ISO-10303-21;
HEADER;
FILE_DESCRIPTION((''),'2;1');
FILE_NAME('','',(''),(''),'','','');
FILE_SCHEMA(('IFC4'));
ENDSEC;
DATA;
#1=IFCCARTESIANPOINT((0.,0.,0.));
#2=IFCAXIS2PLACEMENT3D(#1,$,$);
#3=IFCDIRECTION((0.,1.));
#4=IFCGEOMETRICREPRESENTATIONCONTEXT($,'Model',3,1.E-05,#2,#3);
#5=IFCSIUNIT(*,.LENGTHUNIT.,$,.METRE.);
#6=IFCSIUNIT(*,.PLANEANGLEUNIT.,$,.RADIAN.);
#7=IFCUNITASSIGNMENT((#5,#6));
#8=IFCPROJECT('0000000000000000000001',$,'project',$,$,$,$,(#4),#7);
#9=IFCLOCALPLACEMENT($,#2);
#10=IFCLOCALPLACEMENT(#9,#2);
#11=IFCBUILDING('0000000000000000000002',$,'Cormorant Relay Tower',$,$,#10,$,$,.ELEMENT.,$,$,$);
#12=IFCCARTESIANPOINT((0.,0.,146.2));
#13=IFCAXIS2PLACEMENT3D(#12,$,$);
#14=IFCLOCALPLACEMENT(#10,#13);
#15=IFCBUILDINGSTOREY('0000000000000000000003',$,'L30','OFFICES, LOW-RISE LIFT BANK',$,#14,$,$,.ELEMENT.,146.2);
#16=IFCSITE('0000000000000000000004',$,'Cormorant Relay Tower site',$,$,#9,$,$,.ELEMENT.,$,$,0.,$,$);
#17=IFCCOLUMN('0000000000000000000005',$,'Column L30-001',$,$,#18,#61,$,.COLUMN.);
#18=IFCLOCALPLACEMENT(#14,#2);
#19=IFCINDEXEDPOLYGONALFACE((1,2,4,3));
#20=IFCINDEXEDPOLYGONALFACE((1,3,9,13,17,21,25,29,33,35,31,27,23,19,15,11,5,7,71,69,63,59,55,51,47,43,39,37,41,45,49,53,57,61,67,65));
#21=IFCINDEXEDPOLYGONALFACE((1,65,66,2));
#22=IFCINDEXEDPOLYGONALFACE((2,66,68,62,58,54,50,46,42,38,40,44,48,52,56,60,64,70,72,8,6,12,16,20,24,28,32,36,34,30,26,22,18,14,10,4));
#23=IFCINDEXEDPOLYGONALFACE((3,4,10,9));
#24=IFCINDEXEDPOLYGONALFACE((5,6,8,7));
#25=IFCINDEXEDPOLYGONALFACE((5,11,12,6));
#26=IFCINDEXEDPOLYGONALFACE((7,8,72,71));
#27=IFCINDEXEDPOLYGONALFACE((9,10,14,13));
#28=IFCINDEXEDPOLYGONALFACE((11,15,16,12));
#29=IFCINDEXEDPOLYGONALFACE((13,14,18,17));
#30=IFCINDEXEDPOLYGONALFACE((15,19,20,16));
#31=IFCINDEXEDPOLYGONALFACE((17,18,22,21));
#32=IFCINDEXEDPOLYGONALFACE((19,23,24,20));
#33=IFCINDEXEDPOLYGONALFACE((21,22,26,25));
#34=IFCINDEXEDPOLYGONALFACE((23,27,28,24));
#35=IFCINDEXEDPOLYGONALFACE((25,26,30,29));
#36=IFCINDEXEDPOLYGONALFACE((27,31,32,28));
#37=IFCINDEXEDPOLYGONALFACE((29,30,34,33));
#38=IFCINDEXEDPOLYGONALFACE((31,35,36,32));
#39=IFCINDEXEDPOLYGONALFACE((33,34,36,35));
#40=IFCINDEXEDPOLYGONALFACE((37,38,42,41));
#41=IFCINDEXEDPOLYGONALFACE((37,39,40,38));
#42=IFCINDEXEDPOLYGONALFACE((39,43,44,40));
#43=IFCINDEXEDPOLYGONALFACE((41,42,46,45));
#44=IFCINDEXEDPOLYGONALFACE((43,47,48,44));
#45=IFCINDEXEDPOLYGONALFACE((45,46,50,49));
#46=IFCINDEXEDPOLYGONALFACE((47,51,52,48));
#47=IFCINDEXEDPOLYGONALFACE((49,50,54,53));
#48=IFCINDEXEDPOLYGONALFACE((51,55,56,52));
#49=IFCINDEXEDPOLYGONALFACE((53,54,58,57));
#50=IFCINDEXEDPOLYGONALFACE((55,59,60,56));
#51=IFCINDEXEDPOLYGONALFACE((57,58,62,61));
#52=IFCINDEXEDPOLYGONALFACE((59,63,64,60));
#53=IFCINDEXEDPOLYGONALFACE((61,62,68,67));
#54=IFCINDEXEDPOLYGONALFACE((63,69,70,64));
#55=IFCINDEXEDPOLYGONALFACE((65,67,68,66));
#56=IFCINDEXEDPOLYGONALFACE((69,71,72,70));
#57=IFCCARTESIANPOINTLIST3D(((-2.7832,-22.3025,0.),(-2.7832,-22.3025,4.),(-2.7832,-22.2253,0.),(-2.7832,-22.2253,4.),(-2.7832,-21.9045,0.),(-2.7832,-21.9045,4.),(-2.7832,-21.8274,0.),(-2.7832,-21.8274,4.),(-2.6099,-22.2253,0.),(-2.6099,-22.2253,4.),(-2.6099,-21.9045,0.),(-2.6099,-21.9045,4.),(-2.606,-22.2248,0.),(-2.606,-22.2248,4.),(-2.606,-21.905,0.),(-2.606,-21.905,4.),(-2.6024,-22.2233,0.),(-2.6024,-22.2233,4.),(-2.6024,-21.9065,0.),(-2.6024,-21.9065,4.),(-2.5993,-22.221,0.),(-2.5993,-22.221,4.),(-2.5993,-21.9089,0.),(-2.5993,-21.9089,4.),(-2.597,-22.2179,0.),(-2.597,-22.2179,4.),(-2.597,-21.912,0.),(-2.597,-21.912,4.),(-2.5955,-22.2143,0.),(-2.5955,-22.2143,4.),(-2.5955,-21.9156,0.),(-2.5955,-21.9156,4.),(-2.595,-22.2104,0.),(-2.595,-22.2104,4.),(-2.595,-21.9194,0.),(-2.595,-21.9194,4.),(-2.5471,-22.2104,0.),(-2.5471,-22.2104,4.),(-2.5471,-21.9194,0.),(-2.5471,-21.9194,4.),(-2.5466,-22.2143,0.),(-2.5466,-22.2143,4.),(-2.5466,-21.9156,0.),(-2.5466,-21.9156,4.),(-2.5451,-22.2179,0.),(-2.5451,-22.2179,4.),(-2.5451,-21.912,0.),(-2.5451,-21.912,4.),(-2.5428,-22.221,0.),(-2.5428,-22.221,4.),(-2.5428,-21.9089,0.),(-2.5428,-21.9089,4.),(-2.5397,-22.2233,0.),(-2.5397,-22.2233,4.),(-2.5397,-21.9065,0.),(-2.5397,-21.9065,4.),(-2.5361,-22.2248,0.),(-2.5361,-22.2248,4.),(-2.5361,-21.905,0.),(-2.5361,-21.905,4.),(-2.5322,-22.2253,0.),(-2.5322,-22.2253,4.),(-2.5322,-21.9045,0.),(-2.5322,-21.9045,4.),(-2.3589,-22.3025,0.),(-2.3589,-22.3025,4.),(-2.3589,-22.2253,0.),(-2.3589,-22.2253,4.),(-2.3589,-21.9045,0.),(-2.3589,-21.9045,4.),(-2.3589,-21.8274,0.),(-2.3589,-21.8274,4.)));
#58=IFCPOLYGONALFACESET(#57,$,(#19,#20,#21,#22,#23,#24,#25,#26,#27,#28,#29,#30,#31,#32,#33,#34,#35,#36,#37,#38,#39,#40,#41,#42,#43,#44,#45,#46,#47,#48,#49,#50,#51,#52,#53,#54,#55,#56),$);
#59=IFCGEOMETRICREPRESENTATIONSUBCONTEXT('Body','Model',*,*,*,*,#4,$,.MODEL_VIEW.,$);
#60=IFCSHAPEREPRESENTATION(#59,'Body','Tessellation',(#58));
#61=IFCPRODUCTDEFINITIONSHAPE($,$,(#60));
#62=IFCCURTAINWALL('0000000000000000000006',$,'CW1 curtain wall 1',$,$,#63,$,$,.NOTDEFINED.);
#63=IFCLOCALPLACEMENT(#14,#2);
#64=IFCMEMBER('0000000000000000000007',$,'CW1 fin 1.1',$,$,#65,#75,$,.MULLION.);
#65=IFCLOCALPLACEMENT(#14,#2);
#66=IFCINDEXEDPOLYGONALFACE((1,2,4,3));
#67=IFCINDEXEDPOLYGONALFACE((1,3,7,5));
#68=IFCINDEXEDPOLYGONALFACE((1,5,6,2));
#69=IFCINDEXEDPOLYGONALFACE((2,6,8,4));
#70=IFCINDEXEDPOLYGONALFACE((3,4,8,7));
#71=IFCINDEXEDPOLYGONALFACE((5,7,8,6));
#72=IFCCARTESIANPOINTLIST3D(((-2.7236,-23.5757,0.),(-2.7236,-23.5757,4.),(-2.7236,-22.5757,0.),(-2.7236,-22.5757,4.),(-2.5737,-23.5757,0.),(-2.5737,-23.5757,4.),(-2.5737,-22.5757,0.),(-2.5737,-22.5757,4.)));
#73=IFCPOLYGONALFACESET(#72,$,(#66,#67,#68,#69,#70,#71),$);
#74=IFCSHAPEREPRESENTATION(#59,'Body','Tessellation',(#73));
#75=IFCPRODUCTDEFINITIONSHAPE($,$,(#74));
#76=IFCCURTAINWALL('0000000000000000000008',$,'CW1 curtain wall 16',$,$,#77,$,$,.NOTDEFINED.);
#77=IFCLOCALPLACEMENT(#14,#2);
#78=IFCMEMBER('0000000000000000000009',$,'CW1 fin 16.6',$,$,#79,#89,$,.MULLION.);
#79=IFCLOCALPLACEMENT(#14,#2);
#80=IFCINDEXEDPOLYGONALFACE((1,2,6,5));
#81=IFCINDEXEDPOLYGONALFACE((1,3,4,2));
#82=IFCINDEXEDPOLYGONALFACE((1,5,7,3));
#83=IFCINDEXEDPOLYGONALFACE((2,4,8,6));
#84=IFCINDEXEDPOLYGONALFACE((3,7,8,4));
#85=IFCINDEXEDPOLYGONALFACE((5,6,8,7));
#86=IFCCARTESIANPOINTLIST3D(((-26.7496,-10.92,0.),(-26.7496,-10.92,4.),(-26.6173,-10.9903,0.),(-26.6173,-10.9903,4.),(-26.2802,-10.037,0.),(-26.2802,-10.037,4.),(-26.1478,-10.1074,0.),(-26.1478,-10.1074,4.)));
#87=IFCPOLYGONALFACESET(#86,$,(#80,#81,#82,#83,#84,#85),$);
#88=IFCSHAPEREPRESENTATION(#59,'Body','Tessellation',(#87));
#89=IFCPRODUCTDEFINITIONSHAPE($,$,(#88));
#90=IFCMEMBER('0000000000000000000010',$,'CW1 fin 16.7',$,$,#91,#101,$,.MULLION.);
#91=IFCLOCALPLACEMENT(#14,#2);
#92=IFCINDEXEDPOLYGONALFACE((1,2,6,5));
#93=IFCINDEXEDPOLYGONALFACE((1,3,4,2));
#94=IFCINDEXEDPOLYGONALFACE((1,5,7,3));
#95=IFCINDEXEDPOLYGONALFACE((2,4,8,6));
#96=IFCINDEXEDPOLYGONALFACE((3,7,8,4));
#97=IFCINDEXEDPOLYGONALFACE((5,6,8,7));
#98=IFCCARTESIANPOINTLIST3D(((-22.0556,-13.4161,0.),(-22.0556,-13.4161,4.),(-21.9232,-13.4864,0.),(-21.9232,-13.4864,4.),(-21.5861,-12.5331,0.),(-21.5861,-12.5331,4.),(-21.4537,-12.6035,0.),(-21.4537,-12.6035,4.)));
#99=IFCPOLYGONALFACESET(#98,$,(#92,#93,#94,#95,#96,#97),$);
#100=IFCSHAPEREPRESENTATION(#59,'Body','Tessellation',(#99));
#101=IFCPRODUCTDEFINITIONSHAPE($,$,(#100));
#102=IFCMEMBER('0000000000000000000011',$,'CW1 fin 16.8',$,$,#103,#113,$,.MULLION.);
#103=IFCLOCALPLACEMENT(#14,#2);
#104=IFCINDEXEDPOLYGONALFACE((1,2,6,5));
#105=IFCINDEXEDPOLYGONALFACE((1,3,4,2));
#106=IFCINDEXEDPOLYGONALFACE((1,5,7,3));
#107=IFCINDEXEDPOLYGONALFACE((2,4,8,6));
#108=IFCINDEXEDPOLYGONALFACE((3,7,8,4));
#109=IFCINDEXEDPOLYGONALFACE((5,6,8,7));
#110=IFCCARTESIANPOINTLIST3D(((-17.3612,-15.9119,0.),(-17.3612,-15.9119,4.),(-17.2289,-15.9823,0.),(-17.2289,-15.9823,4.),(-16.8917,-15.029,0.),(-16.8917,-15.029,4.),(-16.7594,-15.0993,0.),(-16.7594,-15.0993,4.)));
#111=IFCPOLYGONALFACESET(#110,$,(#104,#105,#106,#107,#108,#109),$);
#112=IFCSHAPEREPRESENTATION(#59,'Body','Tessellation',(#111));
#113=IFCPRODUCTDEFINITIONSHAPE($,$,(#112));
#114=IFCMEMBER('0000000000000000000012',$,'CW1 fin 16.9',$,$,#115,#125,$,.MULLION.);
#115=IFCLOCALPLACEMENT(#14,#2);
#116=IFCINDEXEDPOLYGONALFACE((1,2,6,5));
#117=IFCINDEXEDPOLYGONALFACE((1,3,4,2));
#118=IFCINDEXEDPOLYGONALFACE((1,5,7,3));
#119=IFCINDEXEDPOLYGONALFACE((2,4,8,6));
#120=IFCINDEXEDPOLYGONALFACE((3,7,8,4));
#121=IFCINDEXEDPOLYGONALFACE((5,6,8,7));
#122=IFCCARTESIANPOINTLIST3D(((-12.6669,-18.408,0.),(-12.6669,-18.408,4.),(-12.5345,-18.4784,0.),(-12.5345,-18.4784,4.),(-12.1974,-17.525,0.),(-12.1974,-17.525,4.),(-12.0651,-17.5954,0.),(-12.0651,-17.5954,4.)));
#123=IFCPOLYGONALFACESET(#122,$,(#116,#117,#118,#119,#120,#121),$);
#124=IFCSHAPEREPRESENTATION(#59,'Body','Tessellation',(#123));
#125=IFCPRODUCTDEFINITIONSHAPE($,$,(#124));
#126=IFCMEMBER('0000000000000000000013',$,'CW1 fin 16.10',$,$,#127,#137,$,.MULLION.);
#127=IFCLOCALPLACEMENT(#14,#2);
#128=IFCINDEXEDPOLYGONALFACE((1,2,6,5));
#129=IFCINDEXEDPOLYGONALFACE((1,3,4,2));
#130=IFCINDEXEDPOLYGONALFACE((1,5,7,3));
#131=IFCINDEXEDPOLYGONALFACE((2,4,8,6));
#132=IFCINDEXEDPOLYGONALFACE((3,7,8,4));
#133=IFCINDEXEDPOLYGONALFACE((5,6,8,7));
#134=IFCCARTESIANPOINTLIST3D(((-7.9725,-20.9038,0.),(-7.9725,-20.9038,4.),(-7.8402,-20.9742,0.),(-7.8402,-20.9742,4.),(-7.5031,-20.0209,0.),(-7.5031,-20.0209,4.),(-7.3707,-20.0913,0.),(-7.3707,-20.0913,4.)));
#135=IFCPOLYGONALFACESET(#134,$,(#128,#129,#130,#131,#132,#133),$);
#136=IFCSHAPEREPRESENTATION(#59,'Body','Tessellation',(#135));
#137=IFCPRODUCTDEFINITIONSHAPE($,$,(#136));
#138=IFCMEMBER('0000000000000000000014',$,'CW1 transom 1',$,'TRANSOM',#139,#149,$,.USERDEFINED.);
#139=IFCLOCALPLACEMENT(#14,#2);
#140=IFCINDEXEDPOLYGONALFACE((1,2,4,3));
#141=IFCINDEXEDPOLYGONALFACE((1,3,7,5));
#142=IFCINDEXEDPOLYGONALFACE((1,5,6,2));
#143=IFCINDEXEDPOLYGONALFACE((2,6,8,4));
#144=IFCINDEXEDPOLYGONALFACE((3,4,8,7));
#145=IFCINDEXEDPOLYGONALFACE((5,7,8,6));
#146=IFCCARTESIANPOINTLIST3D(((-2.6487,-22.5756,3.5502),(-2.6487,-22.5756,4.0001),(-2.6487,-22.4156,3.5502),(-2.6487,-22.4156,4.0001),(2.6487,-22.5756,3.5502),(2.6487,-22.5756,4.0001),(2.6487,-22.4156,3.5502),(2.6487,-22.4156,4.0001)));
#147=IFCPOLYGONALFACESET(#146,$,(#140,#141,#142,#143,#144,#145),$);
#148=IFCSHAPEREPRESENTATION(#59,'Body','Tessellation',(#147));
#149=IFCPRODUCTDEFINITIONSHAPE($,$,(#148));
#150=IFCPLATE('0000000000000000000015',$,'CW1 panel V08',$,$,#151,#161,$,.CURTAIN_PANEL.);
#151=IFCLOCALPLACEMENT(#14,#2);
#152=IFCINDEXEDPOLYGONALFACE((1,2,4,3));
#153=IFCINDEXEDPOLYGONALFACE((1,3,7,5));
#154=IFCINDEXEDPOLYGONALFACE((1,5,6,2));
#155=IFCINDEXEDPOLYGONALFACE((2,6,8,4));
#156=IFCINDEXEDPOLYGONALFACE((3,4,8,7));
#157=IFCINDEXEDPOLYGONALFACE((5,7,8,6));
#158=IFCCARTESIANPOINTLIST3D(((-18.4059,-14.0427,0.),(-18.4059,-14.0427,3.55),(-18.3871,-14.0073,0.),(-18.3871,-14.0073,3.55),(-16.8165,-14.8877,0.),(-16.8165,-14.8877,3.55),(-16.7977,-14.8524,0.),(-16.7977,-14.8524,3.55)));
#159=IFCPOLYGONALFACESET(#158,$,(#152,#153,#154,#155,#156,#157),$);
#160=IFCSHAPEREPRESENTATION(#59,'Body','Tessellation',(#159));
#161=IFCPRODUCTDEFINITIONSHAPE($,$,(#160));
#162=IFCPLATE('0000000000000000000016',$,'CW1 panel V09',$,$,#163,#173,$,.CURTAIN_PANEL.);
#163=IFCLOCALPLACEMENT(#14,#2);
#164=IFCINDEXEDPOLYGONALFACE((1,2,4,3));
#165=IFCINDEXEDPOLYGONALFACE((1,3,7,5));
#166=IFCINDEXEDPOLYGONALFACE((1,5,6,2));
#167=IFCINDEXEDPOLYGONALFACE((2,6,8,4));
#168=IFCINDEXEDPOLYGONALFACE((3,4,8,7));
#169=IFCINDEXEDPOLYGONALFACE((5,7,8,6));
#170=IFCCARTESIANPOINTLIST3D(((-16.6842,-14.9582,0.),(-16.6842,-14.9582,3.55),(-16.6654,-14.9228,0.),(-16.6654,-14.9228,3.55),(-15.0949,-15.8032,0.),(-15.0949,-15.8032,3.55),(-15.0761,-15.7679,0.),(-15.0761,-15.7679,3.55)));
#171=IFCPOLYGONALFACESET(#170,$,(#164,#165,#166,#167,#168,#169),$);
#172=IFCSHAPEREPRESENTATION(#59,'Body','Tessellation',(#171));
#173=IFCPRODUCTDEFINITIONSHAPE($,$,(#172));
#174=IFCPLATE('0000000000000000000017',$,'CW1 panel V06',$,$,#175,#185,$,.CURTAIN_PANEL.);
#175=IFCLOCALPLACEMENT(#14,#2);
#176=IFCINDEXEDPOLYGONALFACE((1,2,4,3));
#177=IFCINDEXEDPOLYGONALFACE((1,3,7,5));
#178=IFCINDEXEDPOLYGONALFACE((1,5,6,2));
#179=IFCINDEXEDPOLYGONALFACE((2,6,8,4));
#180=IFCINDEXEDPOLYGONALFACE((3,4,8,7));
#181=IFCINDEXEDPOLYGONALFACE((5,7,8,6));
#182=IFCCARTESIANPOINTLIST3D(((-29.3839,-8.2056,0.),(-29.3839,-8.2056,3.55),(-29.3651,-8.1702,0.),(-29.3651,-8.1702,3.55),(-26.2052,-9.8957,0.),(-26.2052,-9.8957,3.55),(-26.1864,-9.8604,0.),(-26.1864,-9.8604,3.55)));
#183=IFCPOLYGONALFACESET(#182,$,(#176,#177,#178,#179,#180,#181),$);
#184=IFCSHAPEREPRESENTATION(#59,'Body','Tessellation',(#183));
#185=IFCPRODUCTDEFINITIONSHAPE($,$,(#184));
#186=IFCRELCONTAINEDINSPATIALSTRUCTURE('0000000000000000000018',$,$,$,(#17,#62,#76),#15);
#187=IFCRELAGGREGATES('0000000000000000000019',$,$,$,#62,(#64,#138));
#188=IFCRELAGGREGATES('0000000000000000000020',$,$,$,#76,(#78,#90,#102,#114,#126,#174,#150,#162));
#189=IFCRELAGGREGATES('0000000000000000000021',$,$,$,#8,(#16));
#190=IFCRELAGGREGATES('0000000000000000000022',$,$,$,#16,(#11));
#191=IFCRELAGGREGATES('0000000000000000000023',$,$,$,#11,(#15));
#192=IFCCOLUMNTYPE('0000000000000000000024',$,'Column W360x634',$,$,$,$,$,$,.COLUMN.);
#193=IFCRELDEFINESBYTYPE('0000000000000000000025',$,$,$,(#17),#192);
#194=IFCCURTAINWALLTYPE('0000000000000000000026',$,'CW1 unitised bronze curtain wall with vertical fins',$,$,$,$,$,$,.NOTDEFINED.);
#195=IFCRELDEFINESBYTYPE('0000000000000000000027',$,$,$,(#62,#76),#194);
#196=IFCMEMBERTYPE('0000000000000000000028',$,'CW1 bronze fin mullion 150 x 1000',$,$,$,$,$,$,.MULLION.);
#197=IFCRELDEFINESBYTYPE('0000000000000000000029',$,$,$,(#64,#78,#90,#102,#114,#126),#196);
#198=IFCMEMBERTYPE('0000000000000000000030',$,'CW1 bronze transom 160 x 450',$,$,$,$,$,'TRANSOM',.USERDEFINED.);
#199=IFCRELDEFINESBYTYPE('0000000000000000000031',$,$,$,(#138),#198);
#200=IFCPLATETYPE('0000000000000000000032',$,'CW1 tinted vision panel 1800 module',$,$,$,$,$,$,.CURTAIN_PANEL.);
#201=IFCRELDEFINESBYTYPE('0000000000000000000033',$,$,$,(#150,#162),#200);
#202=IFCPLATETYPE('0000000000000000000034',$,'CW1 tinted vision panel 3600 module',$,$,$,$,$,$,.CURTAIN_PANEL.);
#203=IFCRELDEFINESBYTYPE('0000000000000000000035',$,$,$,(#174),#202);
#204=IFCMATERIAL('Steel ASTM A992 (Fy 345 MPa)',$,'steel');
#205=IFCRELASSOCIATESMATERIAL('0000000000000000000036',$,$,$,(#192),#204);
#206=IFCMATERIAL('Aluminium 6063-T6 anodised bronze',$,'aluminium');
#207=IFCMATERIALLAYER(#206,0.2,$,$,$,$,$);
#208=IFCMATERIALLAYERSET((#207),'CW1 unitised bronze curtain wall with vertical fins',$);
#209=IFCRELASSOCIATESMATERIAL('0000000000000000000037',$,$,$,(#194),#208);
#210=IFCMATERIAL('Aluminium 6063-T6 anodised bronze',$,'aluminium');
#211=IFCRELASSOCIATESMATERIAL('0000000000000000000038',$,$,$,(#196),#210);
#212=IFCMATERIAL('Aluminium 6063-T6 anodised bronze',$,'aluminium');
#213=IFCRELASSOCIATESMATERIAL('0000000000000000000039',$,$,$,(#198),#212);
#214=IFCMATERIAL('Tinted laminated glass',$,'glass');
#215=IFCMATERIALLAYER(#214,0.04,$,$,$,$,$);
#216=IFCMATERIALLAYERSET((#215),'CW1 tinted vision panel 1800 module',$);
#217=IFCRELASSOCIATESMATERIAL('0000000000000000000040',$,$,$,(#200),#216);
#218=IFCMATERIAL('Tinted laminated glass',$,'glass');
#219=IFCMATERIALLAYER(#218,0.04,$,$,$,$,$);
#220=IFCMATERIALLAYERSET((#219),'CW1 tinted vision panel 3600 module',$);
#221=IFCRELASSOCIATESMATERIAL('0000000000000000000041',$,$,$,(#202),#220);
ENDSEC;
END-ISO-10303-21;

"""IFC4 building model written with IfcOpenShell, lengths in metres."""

from ifc_helpers import new_model, si_unit, direction, frame, origin, origin_2d, place, context, subcontext, project, spatial, rectangle, i_section, extrude, material, layer, layer_set, material_profile, profile_set, type_object, element, aggregate, save


model = new_model("IFC4")

# Units and contexts
model_context = context("Model", 3, precision=1e-05, world=origin(), true_north=direction((0.0, 1.0)))
body_context = subcontext(model_context, "Body", "Model", "MODEL_VIEW")
ifc_project = project(units=[si_unit("LENGTHUNIT", "METRE"), si_unit("PLANEANGLEUNIT", "RADIAN")], contexts=[model_context])

# Site, building, storey
site_placement = place(None, origin())
site = spatial("IfcSite", under=ifc_project, at=site_placement, Name="Cormorant Relay Tower site", CompositionType="ELEMENT", RefElevation=0.0)
building_placement = place(site_placement, origin())
building = spatial("IfcBuilding", under=site, at=building_placement, Name="Cormorant Relay Tower", CompositionType="ELEMENT")
storey_placement = place(building_placement, frame((0.0, 0.0, 146.2)))
storey = spatial("IfcBuildingStorey", under=building, at=storey_placement, Name="L30", Description="OFFICES, LOW-RISE LIFT BANK", CompositionType="ELEMENT", Elevation=146.2)

# Column
ifc_material_1 = material(Name="Steel ASTM A992 (Fy 345 MPa)", Category="steel")
ifc_material_profile_1 = material_profile(ifc_material_1, i_section(OverallWidth=0.4243, OverallDepth=0.4751, WebThickness=0.0479, FlangeThickness=0.0771, FilletRadius=0.0149, at=origin_2d()), Name="W360x634")
ifc_profile_set_1 = profile_set([ifc_material_profile_1], Name="Steel ASTM A992 (Fy 345 MPa)")
column_type_1 = type_object("IfcColumnType", Name="Column W360x634", PredefinedType="COLUMN", material=ifc_profile_set_1)
column_1_placement = place(storey_placement, frame((-2.571, -22.0649, 0.0), z_axis=(0.0, 0.0, 1.0), x_axis=(1.0, 0.0, 0.0)))
element("IfcColumn", 1, at=column_1_placement, inside=storey, type_object=column_type_1, Name="Column L30-001", PredefinedType="COLUMN", context=body_context, shape_type="SweptSolid", body=[
    extrude(i_section(OverallWidth=0.4243, OverallDepth=0.4751, WebThickness=0.0479, FlangeThickness=0.0771, FilletRadius=0.0149, at=origin_2d()), origin(), (0.0, 0.0, 1.0), 4.0),
])

# Curtain wall, member
ifc_material_2 = material(Name="Aluminium 6063-T6 anodised bronze", Category="aluminium")
ifc_layer_1 = layer(ifc_material_2, 0.2)
ifc_layer_set_1 = layer_set([ifc_layer_1], Name="CW1 unitised bronze curtain wall with vertical fins")
curtain_wall_type = type_object("IfcCurtainWallType", Name="CW1 unitised bronze curtain wall with vertical fins", PredefinedType="NOTDEFINED", material=ifc_layer_set_1)
curtain_wall_1_placement = place(storey_placement, origin())
curtain_wall_1 = element("IfcCurtainWall", 2, at=curtain_wall_1_placement, inside=storey, type_object=curtain_wall_type, Name="CW1 curtain wall 1", PredefinedType="NOTDEFINED")
ifc_material_3 = material(Name="Aluminium 6063-T6 anodised bronze", Category="aluminium")
ifc_material_profile_2 = material_profile(ifc_material_3, rectangle(XDim=0.1499, YDim=1.0, at=origin_2d()), Name="AL 150x1000")
ifc_profile_set_2 = profile_set([ifc_material_profile_2], Name="Aluminium 6063-T6 anodised bronze")
member_type_1 = type_object("IfcMemberType", Name="CW1 bronze fin mullion 150 x 1000", PredefinedType="MULLION", material=ifc_profile_set_2)
member_1_placement = place(storey_placement, frame((-2.6487, -23.0757, 0.0), z_axis=(0.0, 0.0, 1.0), x_axis=(1.0, 0.0, 0.0)))
member_1 = element("IfcMember", 3, at=member_1_placement, type_object=member_type_1, Name="CW1 fin 1.1", PredefinedType="MULLION", context=body_context, shape_type="SweptSolid", body=[
    extrude(rectangle(XDim=0.1499, YDim=1.0, at=origin_2d()), origin(), (0.0, 0.0, 1.0), 4.0),
])

# Curtain wall, members
curtain_wall_2_placement = place(storey_placement, origin())
curtain_wall_2 = element("IfcCurtainWall", 4, at=curtain_wall_2_placement, inside=storey, type_object=curtain_wall_type, Name="CW1 curtain wall 16", PredefinedType="NOTDEFINED")
member_2_placement = place(storey_placement, frame((-26.4487, -10.5137, 0.0), z_axis=(0.0, 0.0, 1.0), x_axis=(0.882948, -0.469472, 0.0)))
member_2 = element("IfcMember", 5, at=member_2_placement, type_object=member_type_1, Name="CW1 fin 16.6", PredefinedType="MULLION", context=body_context, shape_type="SweptSolid", body=[
    extrude(rectangle(XDim=0.1499, YDim=1.0, at=origin_2d()), origin(), (0.0, 0.0, 1.0), 4.0),
])
member_3_placement = place(storey_placement, frame((-21.7546, -13.0098, 0.0), z_axis=(0.0, 0.0, 1.0), x_axis=(0.882948, -0.469472, 0.0)))
member_3 = element("IfcMember", 6, at=member_3_placement, type_object=member_type_1, Name="CW1 fin 16.7", PredefinedType="MULLION", context=body_context, shape_type="SweptSolid", body=[
    extrude(rectangle(XDim=0.1499, YDim=1.0, at=origin_2d()), origin(), (0.0, 0.0, 1.0), 4.0),
])
member_4_placement = place(storey_placement, frame((-17.0603, -15.5056, 0.0), z_axis=(0.0, 0.0, 1.0), x_axis=(0.882948, -0.469472, 0.0)))
member_4 = element("IfcMember", 7, at=member_4_placement, type_object=member_type_1, Name="CW1 fin 16.8", PredefinedType="MULLION", context=body_context, shape_type="SweptSolid", body=[
    extrude(rectangle(XDim=0.1499, YDim=1.0, at=origin_2d()), origin(), (0.0, 0.0, 1.0), 4.0),
])
member_5_placement = place(storey_placement, frame((-12.366, -18.0017, 0.0), z_axis=(0.0, 0.0, 1.0), x_axis=(0.882948, -0.469472, 0.0)))
member_5 = element("IfcMember", 8, at=member_5_placement, type_object=member_type_1, Name="CW1 fin 16.9", PredefinedType="MULLION", context=body_context, shape_type="SweptSolid", body=[
    extrude(rectangle(XDim=0.1499, YDim=1.0, at=origin_2d()), origin(), (0.0, 0.0, 1.0), 4.0),
])
member_6_placement = place(storey_placement, frame((-7.6716, -20.4976, 0.0), z_axis=(0.0, 0.0, 1.0), x_axis=(0.882948, -0.469472, 0.0)))
member_6 = element("IfcMember", 9, at=member_6_placement, type_object=member_type_1, Name="CW1 fin 16.10", PredefinedType="MULLION", context=body_context, shape_type="SweptSolid", body=[
    extrude(rectangle(XDim=0.1499, YDim=1.0, at=origin_2d()), origin(), (0.0, 0.0, 1.0), 4.0),
])

# Member
ifc_material_4 = material(Name="Aluminium 6063-T6 anodised bronze", Category="aluminium")
ifc_material_profile_3 = material_profile(ifc_material_4, rectangle(XDim=0.1599, YDim=0.45, at=origin_2d()), Name="AL 160x450")
ifc_profile_set_3 = profile_set([ifc_material_profile_3], Name="Aluminium 6063-T6 anodised bronze")
member_type_2 = type_object("IfcMemberType", Name="CW1 bronze transom 160 x 450", ElementType="TRANSOM", PredefinedType="USERDEFINED", material=ifc_profile_set_3)
member_7_placement = place(storey_placement, frame((-2.6487, -22.4956, 3.7751), z_axis=(1.0, 0.0, 0.0), x_axis=(0.0, 1.0, 0.0)))
member_7 = element("IfcMember", 10, at=member_7_placement, type_object=member_type_2, Name="CW1 transom 1", ObjectType="TRANSOM", PredefinedType="USERDEFINED", context=body_context, shape_type="SweptSolid", body=[
    extrude(rectangle(XDim=0.1599, YDim=0.45, at=origin_2d()), origin(), (0.0, 0.0, 1.0), 5.2974),
])
aggregate(curtain_wall_1, [member_1, member_7])

# Plates
ifc_material_5 = material(Name="Tinted laminated glass", Category="glass")
ifc_layer_2 = layer(ifc_material_5, 0.04)
ifc_layer_set_2 = layer_set([ifc_layer_2], Name="CW1 tinted vision panel 1800 module")
plate_type_1 = type_object("IfcPlateType", Name="CW1 tinted vision panel 1800 module", PredefinedType="CURTAIN_PANEL", material=ifc_layer_set_2)
plate_1_placement = place(storey_placement, frame((-17.6018, -14.4475, 0.0), z_axis=(0.0, 0.0, 1.0), x_axis=(0.882948, -0.469472, 0.0)))
plate_1 = element("IfcPlate", 11, at=plate_1_placement, type_object=plate_type_1, Name="CW1 panel V08", PredefinedType="CURTAIN_PANEL", context=body_context, shape_type="SweptSolid", body=[
    extrude(rectangle(XDim=1.8, YDim=0.04, at=origin_2d()), origin(), (0.0, 0.0, 1.0), 3.55),
])
plate_2_placement = place(storey_placement, frame((-15.8801, -15.363, 0.0), z_axis=(0.0, 0.0, 1.0), x_axis=(0.882948, -0.469472, 0.0)))
plate_2 = element("IfcPlate", 12, at=plate_2_placement, type_object=plate_type_1, Name="CW1 panel V09", PredefinedType="CURTAIN_PANEL", context=body_context, shape_type="SweptSolid", body=[
    extrude(rectangle(XDim=1.8, YDim=0.04, at=origin_2d()), origin(), (0.0, 0.0, 1.0), 3.55),
])
ifc_material_6 = material(Name="Tinted laminated glass", Category="glass")
ifc_layer_3 = layer(ifc_material_6, 0.04)
ifc_layer_set_3 = layer_set([ifc_layer_3], Name="CW1 tinted vision panel 3600 module")
plate_type_2 = type_object("IfcPlateType", Name="CW1 tinted vision panel 3600 module", PredefinedType="CURTAIN_PANEL", material=ifc_layer_set_3)
plate_3_placement = place(storey_placement, frame((-27.7852, -9.033, 0.0), z_axis=(0.0, 0.0, 1.0), x_axis=(0.882948, -0.469472, 0.0)))
plate_3 = element("IfcPlate", 13, at=plate_3_placement, type_object=plate_type_2, Name="CW1 panel V06", PredefinedType="CURTAIN_PANEL", context=body_context, shape_type="SweptSolid", body=[
    extrude(rectangle(XDim=3.6001, YDim=0.04, at=origin_2d()), origin(), (0.0, 0.0, 1.0), 3.55),
])

aggregate(curtain_wall_2, [member_2, member_3, member_4, member_5, member_6, plate_3, plate_1, plate_2])

save(model, "model.ifc")
